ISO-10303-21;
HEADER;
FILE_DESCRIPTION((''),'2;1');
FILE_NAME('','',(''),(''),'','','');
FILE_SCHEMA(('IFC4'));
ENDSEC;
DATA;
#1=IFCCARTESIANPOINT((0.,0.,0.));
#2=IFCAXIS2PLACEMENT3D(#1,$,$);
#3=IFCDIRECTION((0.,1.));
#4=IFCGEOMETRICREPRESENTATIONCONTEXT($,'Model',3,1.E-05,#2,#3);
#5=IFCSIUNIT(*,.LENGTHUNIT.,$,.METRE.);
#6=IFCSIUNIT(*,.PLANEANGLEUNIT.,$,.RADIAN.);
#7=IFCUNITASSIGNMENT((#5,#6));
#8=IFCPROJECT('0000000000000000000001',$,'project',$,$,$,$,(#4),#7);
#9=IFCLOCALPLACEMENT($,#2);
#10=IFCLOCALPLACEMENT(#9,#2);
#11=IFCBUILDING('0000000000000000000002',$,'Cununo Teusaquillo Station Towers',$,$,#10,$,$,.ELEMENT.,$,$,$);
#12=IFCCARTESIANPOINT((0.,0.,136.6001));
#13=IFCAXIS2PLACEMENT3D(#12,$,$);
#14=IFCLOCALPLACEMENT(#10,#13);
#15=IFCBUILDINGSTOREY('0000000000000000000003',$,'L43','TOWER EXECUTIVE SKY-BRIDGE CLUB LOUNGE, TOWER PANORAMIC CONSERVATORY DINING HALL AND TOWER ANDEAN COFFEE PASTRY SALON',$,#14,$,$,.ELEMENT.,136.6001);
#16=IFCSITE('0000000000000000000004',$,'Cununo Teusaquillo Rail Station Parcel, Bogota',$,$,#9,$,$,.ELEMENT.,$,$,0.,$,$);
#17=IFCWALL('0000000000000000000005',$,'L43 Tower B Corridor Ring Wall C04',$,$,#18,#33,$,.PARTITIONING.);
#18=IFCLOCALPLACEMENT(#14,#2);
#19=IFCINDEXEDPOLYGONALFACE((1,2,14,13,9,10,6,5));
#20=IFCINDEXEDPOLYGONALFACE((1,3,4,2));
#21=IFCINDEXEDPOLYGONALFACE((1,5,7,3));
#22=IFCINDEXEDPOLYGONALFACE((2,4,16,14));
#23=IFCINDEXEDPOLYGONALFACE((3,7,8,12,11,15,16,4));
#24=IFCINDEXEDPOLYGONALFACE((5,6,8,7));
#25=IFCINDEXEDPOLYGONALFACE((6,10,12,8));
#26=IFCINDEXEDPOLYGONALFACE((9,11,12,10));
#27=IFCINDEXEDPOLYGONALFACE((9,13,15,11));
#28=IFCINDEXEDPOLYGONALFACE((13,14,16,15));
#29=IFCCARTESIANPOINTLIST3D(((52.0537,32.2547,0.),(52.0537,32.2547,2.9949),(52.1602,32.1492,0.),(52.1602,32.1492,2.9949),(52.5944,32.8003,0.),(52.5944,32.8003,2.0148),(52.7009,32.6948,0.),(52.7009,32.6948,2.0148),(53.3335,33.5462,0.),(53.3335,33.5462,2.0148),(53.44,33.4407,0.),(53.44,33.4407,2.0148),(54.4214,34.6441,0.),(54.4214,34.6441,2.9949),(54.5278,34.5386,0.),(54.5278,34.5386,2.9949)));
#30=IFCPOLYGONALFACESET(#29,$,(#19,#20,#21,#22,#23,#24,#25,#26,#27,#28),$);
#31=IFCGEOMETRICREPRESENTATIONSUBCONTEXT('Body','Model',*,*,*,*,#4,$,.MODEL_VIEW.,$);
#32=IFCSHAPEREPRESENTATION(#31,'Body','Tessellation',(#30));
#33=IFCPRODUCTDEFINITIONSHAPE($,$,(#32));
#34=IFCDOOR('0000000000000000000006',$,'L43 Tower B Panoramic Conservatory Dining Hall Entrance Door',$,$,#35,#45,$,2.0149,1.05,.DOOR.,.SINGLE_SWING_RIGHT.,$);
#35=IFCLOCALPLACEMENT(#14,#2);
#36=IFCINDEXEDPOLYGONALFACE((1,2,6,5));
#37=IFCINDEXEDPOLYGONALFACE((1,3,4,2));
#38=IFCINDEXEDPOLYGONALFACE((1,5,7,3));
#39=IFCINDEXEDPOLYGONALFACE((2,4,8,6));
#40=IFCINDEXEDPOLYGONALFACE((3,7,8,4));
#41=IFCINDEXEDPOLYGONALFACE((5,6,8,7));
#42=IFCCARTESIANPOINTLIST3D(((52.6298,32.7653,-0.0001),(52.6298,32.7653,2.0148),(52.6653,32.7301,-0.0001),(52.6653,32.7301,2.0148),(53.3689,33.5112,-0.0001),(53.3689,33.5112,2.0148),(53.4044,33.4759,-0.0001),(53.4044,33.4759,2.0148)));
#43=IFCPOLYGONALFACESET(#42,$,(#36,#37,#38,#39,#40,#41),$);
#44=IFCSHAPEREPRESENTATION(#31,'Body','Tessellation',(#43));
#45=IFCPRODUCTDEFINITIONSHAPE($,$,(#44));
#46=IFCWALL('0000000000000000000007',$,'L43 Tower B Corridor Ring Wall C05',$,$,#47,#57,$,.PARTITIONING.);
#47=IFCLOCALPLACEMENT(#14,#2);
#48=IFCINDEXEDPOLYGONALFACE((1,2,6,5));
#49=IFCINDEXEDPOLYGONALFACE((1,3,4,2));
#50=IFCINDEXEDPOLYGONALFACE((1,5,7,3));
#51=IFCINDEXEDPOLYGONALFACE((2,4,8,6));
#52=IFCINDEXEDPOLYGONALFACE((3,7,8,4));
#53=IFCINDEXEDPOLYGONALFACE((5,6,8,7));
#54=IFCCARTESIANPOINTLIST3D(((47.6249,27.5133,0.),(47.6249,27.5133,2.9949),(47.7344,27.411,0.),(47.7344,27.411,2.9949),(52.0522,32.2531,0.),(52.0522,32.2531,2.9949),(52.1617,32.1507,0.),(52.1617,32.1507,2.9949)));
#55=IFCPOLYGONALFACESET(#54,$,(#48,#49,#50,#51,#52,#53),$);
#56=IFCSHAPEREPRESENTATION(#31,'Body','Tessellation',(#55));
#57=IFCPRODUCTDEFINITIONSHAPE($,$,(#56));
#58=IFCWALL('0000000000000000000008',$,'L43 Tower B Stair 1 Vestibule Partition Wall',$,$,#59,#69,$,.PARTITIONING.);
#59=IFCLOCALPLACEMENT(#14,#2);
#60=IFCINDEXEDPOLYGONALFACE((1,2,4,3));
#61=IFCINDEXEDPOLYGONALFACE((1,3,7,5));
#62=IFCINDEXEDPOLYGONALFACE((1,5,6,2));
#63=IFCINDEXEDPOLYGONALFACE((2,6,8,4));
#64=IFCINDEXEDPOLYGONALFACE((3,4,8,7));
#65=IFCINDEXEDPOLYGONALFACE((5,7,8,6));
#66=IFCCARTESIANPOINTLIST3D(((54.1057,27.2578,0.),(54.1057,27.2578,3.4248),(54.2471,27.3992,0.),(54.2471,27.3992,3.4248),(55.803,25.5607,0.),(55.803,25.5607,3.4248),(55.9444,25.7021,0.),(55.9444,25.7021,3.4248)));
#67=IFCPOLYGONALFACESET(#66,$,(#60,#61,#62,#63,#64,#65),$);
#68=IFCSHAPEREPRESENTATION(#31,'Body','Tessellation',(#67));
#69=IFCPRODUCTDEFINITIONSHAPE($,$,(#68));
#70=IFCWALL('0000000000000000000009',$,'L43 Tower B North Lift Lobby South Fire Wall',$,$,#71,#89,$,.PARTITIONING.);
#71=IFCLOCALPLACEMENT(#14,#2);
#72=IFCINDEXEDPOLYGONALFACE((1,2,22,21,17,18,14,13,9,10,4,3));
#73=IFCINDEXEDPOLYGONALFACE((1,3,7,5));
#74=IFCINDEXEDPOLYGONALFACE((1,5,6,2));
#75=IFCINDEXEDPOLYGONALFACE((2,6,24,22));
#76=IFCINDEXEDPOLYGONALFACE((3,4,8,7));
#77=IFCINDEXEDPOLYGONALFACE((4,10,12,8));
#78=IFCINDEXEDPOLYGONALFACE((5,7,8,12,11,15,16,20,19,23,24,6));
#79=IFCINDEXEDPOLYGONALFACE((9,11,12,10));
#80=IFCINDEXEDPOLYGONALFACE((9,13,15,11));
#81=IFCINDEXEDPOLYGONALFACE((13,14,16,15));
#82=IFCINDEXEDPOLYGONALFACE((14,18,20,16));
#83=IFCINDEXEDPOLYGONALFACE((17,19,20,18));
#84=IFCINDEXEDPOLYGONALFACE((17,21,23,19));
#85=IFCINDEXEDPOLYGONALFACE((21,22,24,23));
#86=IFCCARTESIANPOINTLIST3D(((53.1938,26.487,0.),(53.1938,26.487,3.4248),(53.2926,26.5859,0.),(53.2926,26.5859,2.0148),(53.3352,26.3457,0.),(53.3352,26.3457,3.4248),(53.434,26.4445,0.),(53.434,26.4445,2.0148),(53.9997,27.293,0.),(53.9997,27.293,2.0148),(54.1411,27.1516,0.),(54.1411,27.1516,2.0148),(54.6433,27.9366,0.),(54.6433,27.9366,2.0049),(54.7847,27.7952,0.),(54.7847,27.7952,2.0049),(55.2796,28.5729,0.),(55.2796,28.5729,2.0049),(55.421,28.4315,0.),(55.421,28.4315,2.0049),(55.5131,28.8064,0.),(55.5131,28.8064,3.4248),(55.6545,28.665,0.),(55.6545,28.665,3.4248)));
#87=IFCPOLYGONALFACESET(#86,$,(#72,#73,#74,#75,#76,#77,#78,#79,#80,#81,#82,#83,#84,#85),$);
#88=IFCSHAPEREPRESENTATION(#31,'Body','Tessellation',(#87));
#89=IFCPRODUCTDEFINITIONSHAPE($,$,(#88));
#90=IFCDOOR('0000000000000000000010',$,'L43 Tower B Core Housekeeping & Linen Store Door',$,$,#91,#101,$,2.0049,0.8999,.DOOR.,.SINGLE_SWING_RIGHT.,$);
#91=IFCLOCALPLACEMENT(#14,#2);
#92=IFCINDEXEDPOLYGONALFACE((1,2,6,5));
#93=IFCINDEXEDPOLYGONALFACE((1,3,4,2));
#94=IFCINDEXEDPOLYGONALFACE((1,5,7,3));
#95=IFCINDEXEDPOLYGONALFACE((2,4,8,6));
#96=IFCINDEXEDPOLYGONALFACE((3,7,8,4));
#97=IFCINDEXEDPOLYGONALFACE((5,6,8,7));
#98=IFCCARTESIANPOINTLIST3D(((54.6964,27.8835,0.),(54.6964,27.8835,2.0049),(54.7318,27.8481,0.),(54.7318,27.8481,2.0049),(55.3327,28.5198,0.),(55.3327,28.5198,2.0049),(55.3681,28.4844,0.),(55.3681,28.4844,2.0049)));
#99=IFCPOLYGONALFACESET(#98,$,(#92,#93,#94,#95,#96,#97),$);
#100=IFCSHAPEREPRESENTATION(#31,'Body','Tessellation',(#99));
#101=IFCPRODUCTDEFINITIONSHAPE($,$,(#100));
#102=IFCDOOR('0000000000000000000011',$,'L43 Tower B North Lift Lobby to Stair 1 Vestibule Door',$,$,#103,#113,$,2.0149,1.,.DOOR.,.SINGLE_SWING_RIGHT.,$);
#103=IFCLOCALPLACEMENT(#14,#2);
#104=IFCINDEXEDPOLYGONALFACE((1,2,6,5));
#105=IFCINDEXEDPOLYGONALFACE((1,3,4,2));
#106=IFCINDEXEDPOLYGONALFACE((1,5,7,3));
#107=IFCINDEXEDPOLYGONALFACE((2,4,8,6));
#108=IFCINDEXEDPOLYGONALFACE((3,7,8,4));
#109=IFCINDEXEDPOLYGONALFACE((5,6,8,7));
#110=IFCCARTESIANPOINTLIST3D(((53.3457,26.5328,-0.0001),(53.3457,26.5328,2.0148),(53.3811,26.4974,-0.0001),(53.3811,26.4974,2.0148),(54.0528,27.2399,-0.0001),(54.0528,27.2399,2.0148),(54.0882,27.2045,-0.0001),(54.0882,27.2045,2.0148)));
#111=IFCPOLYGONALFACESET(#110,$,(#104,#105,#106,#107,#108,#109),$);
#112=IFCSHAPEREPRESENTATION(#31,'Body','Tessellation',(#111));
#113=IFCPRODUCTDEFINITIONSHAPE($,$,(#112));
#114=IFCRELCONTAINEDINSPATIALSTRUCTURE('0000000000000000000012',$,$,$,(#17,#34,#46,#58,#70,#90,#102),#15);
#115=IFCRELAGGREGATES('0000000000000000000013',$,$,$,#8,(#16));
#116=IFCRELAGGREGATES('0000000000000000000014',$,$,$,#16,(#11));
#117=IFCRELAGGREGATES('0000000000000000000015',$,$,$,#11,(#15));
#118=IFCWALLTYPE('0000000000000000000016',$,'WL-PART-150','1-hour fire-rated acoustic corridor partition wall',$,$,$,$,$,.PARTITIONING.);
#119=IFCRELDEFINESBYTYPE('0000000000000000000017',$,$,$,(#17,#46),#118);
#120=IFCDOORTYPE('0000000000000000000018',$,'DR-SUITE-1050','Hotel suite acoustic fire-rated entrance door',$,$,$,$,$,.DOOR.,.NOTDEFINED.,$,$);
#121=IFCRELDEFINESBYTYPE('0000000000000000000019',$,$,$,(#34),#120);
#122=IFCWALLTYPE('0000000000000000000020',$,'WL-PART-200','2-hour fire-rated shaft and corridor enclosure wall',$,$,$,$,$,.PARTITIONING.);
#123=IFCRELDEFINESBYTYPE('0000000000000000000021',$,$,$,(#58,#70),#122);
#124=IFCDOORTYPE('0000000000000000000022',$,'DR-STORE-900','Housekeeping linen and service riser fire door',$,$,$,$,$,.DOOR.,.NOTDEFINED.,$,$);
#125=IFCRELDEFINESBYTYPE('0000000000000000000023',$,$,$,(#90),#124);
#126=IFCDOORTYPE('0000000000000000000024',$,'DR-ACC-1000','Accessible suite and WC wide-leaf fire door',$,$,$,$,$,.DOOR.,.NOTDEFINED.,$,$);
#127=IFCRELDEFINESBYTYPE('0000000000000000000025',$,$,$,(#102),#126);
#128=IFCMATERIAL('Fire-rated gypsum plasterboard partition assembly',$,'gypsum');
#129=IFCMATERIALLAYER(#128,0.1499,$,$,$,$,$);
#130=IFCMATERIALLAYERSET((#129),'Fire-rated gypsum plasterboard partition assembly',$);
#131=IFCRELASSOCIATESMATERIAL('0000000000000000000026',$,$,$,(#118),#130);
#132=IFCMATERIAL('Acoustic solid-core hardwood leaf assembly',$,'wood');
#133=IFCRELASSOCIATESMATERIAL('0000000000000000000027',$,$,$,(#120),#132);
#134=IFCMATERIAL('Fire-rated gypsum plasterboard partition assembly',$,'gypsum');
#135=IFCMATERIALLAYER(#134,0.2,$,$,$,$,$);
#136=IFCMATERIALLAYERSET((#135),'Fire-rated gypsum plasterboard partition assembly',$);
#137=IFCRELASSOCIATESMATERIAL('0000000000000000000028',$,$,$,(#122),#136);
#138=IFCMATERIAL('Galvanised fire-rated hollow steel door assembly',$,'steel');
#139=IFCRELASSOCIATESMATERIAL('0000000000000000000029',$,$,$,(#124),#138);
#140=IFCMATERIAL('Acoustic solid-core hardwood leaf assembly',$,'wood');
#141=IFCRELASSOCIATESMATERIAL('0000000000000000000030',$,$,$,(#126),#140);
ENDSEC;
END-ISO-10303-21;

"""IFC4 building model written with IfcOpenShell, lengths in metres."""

from ifc_helpers import new_model, si_unit, direction, frame, frame_2d, origin, place, context, subcontext, project, spatial, rectangle, extrude, source, transform, mapped, material, layer, layer_set, type_object, element, fill, save


model = new_model("IFC4")

# Units and contexts
model_context = context("Model", 3, precision=1e-05, world=origin(), true_north=direction((0.0, 1.0)))
body_context = subcontext(model_context, "Body", "Model", "MODEL_VIEW")
ifc_project = project(units=[si_unit("LENGTHUNIT", "METRE"), si_unit("PLANEANGLEUNIT", "RADIAN")], contexts=[model_context])

# Site, building, storey
site_placement = place(None, origin())
site = spatial("IfcSite", under=ifc_project, at=site_placement, Name="Cununo Teusaquillo Rail Station Parcel, Bogota", CompositionType="ELEMENT", RefElevation=0.0)
building_placement = place(site_placement, origin())
building = spatial("IfcBuilding", under=site, at=building_placement, Name="Cununo Teusaquillo Station Towers", CompositionType="ELEMENT")
storey_placement = place(building_placement, frame((0.0, 0.0, 136.6001)))
storey = spatial("IfcBuildingStorey", under=building, at=storey_placement, Name="L43", Description="TOWER EXECUTIVE SKY-BRIDGE CLUB LOUNGE, TOWER PANORAMIC CONSERVATORY DINING HALL AND TOWER ANDEAN COFFEE PASTRY SALON", CompositionType="ELEMENT", Elevation=136.6001)

# Shared definitions
ifc_material_1 = material(Name="Fire-rated gypsum plasterboard partition assembly", Category="gypsum")
ifc_layer_1 = layer(ifc_material_1, 0.1499)
ifc_layer_set_1 = layer_set([ifc_layer_1], Name="Fire-rated gypsum plasterboard partition assembly")
wall_type_1 = type_object("IfcWallType", Name="WL-PART-150", Description="1-hour fire-rated acoustic corridor partition wall", PredefinedType="PARTITIONING", material=ifc_layer_set_1)

# Wall, opening, door
wall_1_placement = place(storey_placement, frame((54.4746, 34.5913, 0.0), z_axis=(0.0, 0.0, 1.0), x_axis=(-0.70387, -0.710329, 0.0)))
wall_1 = element("IfcWall", 1, at=wall_1_placement, inside=storey, type_object=wall_type_1, Name="L43 Tower B Corridor Ring Wall C04", PredefinedType="PARTITIONING", context=body_context, shape_type="SweptSolid", body=[
    extrude(rectangle(XDim=3.3638, YDim=0.1499, at=frame_2d((1.6819, 0.0))), origin(), (0.0, 0.0, 1.0), 2.9949),
])
shared_shape_1 = source(origin(), body_context, "Body", "SweptSolid", [
    extrude(rectangle(XDim=1.05, YDim=2.0149, at=frame_2d((0.5249, 1.0073))), frame((0.0, 0.085, 0.0), z_axis=(0.0, -1.0, 0.0), x_axis=(1.0, 0.0, 0.0)), (0.0, 0.0, 1.0), 0.1699),
])
opening_1_placement = place(wall_1_placement, frame((1.5457, 0.0, 0.0)))
opening_1 = element("IfcOpeningElement", 2, at=opening_1_placement, cuts=wall_1, PredefinedType="OPENING", context=body_context, shape_type="MappedRepresentation", body=[
    mapped(shared_shape_1, transform((0.0, 0.0, 0.0), x_axis=(1.0, 0.0, 0.0), y_axis=(0.0, 1.0, 0.0), z_axis=(0.0, 0.0, 1.0), scale=1.0)),
])
ifc_material_2 = material(Name="Acoustic solid-core hardwood leaf assembly", Category="wood")
door_type_1 = type_object("IfcDoorType", Name="DR-SUITE-1050", Description="Hotel suite acoustic fire-rated entrance door", OperationType="NOTDEFINED", PredefinedType="DOOR", material=ifc_material_2)
shared_shape_2 = source(origin(), body_context, "Body", "SweptSolid", [
    extrude(rectangle(XDim=1.05, YDim=2.0149, at=frame_2d((0.5249, 1.0073))), frame((0.0, 0.0249, 0.0), z_axis=(0.0, -1.0, 0.0), x_axis=(1.0, 0.0, 0.0)), (0.0, 0.0, 1.0), 0.05),
])
door_1_placement = place(opening_1_placement, origin())
door_1 = element("IfcDoor", 3, at=door_1_placement, inside=storey, type_object=door_type_1, Name="L43 Tower B Panoramic Conservatory Dining Hall Entrance Door", OperationType="SINGLE_SWING_RIGHT", OverallHeight=2.0149, OverallWidth=1.05, PredefinedType="DOOR", context=body_context, shape_type="MappedRepresentation", body=[
    mapped(shared_shape_2, transform((0.0, 0.0, 0.0), x_axis=(1.0, 0.0, 0.0), y_axis=(0.0, 1.0, 0.0), z_axis=(0.0, 0.0, 1.0), scale=1.0)),
])
fill(opening_1, door_1)

# Walls
wall_2_placement = place(storey_placement, frame((52.1069, 32.2019, 0.0), z_axis=(0.0, 0.0, 1.0), x_axis=(-0.682605, -0.730787, 0.0)))
element("IfcWall", 4, at=wall_2_placement, inside=storey, type_object=wall_type_1, Name="L43 Tower B Corridor Ring Wall C05", PredefinedType="PARTITIONING", context=body_context, shape_type="SweptSolid", body=[
    extrude(rectangle(XDim=6.4858, YDim=0.1499, at=frame_2d((3.2429, 0.0))), origin(), (0.0, 0.0, 1.0), 2.9949),
])
ifc_material_3 = material(Name="Fire-rated gypsum plasterboard partition assembly", Category="gypsum")
ifc_layer_2 = layer(ifc_material_3, 0.2)
ifc_layer_set_2 = layer_set([ifc_layer_2], Name="Fire-rated gypsum plasterboard partition assembly")
wall_type_2 = type_object("IfcWallType", Name="WL-PART-200", Description="2-hour fire-rated shaft and corridor enclosure wall", PredefinedType="PARTITIONING", material=ifc_layer_set_2)
wall_3_placement = place(storey_placement, frame((55.8738, 25.6313, 0.0), z_axis=(0.0, 0.0, 1.0), x_axis=(-0.707158, 0.707056, 0.0)))
element("IfcWall", 5, at=wall_3_placement, inside=storey, type_object=wall_type_2, Name="L43 Tower B Stair 1 Vestibule Partition Wall", PredefinedType="PARTITIONING", context=body_context, shape_type="SweptSolid", body=[
    extrude(rectangle(XDim=2.4001, YDim=0.2, at=frame_2d((1.2002, 0.0))), origin(), (0.0, 0.0, 1.0), 3.4248),
])

# Wall, openings, doors
wall_4_placement = place(storey_placement, frame((53.2644, 26.4163, 0.0), z_axis=(0.0, 0.0, 1.0), x_axis=(0.707107, 0.707107, 0.0)))
wall_4 = element("IfcWall", 6, at=wall_4_placement, inside=storey, type_object=wall_type_2, Name="L43 Tower B North Lift Lobby South Fire Wall", PredefinedType="PARTITIONING", context=body_context, shape_type="SweptSolid", body=[
    extrude(rectangle(XDim=3.28, YDim=0.2, at=frame_2d((1.6401, 0.0))), origin(), (0.0, 0.0, 1.0), 3.4248),
])
shared_shape_3 = source(origin(), body_context, "Body", "SweptSolid", [
    extrude(rectangle(XDim=1.0, YDim=2.0149, at=frame_2d((0.5, 1.0073))), frame((0.0, 0.1099, 0.0), z_axis=(0.0, -1.0, 0.0), x_axis=(1.0, 0.0, 0.0)), (0.0, 0.0, 1.0), 0.22),
])
opening_2_placement = place(wall_4_placement, frame((0.1399, 0.0, 0.0)))
opening_2 = element("IfcOpeningElement", 7, at=opening_2_placement, cuts=wall_4, PredefinedType="OPENING", context=body_context, shape_type="MappedRepresentation", body=[
    mapped(shared_shape_3, transform((0.0, 0.0, 0.0), x_axis=(1.0, 0.0, 0.0), y_axis=(0.0, 1.0, 0.0), z_axis=(0.0, 0.0, 1.0), scale=1.0)),
])
shared_shape_4 = source(origin(), body_context, "Body", "SweptSolid", [
    extrude(rectangle(XDim=0.8999, YDim=2.0049, at=frame_2d((0.45, 1.0024))), frame((0.0, 0.1099, 0.0), z_axis=(0.0, -1.0, 0.0), x_axis=(1.0, 0.0, 0.0)), (0.0, 0.0, 1.0), 0.22),
])
opening_3_placement = place(wall_4_placement, frame((2.05, 0.0, 0.0)))
opening_3 = element("IfcOpeningElement", 8, at=opening_3_placement, cuts=wall_4, PredefinedType="OPENING", context=body_context, shape_type="MappedRepresentation", body=[
    mapped(shared_shape_4, transform((0.0, 0.0, 0.0), x_axis=(1.0, 0.0, 0.0), y_axis=(0.0, 1.0, 0.0), z_axis=(0.0, 0.0, 1.0), scale=1.0)),
])
ifc_material_4 = material(Name="Galvanised fire-rated hollow steel door assembly", Category="steel")
door_type_2 = type_object("IfcDoorType", Name="DR-STORE-900", Description="Housekeeping linen and service riser fire door", OperationType="NOTDEFINED", PredefinedType="DOOR", material=ifc_material_4)
shared_shape_5 = source(origin(), body_context, "Body", "SweptSolid", [
    extrude(rectangle(XDim=0.8999, YDim=2.0049, at=frame_2d((0.45, 1.0024))), frame((0.0, 0.0249, 0.0), z_axis=(0.0, -1.0, 0.0), x_axis=(1.0, 0.0, 0.0)), (0.0, 0.0, 1.0), 0.05),
])
door_2_placement = place(opening_3_placement, origin())
door_2 = element("IfcDoor", 9, at=door_2_placement, inside=storey, type_object=door_type_2, Name="L43 Tower B Core Housekeeping & Linen Store Door", OperationType="SINGLE_SWING_RIGHT", OverallHeight=2.0049, OverallWidth=0.8999, PredefinedType="DOOR", context=body_context, shape_type="MappedRepresentation", body=[
    mapped(shared_shape_5, transform((0.0, 0.0, 0.0), x_axis=(1.0, 0.0, 0.0), y_axis=(0.0, 1.0, 0.0), z_axis=(0.0, 0.0, 1.0), scale=1.0)),
])
fill(opening_3, door_2)
ifc_material_5 = material(Name="Acoustic solid-core hardwood leaf assembly", Category="wood")
door_type_3 = type_object("IfcDoorType", Name="DR-ACC-1000", Description="Accessible suite and WC wide-leaf fire door", OperationType="NOTDEFINED", PredefinedType="DOOR", material=ifc_material_5)
shared_shape_6 = source(origin(), body_context, "Body", "SweptSolid", [
    extrude(rectangle(XDim=1.0, YDim=2.0149, at=frame_2d((0.5, 1.0073))), frame((0.0, 0.0249, 0.0), z_axis=(0.0, -1.0, 0.0), x_axis=(1.0, 0.0, 0.0)), (0.0, 0.0, 1.0), 0.05),
])
door_3_placement = place(opening_2_placement, origin())
door_3 = element("IfcDoor", 10, at=door_3_placement, inside=storey, type_object=door_type_3, Name="L43 Tower B North Lift Lobby to Stair 1 Vestibule Door", OperationType="SINGLE_SWING_RIGHT", OverallHeight=2.0149, OverallWidth=1.0, PredefinedType="DOOR", context=body_context, shape_type="MappedRepresentation", body=[
    mapped(shared_shape_6, transform((0.0, 0.0, 0.0), x_axis=(1.0, 0.0, 0.0), y_axis=(0.0, 1.0, 0.0), z_axis=(0.0, 0.0, 1.0), scale=1.0)),
])
fill(opening_2, door_3)

save(model, "model.ifc")
